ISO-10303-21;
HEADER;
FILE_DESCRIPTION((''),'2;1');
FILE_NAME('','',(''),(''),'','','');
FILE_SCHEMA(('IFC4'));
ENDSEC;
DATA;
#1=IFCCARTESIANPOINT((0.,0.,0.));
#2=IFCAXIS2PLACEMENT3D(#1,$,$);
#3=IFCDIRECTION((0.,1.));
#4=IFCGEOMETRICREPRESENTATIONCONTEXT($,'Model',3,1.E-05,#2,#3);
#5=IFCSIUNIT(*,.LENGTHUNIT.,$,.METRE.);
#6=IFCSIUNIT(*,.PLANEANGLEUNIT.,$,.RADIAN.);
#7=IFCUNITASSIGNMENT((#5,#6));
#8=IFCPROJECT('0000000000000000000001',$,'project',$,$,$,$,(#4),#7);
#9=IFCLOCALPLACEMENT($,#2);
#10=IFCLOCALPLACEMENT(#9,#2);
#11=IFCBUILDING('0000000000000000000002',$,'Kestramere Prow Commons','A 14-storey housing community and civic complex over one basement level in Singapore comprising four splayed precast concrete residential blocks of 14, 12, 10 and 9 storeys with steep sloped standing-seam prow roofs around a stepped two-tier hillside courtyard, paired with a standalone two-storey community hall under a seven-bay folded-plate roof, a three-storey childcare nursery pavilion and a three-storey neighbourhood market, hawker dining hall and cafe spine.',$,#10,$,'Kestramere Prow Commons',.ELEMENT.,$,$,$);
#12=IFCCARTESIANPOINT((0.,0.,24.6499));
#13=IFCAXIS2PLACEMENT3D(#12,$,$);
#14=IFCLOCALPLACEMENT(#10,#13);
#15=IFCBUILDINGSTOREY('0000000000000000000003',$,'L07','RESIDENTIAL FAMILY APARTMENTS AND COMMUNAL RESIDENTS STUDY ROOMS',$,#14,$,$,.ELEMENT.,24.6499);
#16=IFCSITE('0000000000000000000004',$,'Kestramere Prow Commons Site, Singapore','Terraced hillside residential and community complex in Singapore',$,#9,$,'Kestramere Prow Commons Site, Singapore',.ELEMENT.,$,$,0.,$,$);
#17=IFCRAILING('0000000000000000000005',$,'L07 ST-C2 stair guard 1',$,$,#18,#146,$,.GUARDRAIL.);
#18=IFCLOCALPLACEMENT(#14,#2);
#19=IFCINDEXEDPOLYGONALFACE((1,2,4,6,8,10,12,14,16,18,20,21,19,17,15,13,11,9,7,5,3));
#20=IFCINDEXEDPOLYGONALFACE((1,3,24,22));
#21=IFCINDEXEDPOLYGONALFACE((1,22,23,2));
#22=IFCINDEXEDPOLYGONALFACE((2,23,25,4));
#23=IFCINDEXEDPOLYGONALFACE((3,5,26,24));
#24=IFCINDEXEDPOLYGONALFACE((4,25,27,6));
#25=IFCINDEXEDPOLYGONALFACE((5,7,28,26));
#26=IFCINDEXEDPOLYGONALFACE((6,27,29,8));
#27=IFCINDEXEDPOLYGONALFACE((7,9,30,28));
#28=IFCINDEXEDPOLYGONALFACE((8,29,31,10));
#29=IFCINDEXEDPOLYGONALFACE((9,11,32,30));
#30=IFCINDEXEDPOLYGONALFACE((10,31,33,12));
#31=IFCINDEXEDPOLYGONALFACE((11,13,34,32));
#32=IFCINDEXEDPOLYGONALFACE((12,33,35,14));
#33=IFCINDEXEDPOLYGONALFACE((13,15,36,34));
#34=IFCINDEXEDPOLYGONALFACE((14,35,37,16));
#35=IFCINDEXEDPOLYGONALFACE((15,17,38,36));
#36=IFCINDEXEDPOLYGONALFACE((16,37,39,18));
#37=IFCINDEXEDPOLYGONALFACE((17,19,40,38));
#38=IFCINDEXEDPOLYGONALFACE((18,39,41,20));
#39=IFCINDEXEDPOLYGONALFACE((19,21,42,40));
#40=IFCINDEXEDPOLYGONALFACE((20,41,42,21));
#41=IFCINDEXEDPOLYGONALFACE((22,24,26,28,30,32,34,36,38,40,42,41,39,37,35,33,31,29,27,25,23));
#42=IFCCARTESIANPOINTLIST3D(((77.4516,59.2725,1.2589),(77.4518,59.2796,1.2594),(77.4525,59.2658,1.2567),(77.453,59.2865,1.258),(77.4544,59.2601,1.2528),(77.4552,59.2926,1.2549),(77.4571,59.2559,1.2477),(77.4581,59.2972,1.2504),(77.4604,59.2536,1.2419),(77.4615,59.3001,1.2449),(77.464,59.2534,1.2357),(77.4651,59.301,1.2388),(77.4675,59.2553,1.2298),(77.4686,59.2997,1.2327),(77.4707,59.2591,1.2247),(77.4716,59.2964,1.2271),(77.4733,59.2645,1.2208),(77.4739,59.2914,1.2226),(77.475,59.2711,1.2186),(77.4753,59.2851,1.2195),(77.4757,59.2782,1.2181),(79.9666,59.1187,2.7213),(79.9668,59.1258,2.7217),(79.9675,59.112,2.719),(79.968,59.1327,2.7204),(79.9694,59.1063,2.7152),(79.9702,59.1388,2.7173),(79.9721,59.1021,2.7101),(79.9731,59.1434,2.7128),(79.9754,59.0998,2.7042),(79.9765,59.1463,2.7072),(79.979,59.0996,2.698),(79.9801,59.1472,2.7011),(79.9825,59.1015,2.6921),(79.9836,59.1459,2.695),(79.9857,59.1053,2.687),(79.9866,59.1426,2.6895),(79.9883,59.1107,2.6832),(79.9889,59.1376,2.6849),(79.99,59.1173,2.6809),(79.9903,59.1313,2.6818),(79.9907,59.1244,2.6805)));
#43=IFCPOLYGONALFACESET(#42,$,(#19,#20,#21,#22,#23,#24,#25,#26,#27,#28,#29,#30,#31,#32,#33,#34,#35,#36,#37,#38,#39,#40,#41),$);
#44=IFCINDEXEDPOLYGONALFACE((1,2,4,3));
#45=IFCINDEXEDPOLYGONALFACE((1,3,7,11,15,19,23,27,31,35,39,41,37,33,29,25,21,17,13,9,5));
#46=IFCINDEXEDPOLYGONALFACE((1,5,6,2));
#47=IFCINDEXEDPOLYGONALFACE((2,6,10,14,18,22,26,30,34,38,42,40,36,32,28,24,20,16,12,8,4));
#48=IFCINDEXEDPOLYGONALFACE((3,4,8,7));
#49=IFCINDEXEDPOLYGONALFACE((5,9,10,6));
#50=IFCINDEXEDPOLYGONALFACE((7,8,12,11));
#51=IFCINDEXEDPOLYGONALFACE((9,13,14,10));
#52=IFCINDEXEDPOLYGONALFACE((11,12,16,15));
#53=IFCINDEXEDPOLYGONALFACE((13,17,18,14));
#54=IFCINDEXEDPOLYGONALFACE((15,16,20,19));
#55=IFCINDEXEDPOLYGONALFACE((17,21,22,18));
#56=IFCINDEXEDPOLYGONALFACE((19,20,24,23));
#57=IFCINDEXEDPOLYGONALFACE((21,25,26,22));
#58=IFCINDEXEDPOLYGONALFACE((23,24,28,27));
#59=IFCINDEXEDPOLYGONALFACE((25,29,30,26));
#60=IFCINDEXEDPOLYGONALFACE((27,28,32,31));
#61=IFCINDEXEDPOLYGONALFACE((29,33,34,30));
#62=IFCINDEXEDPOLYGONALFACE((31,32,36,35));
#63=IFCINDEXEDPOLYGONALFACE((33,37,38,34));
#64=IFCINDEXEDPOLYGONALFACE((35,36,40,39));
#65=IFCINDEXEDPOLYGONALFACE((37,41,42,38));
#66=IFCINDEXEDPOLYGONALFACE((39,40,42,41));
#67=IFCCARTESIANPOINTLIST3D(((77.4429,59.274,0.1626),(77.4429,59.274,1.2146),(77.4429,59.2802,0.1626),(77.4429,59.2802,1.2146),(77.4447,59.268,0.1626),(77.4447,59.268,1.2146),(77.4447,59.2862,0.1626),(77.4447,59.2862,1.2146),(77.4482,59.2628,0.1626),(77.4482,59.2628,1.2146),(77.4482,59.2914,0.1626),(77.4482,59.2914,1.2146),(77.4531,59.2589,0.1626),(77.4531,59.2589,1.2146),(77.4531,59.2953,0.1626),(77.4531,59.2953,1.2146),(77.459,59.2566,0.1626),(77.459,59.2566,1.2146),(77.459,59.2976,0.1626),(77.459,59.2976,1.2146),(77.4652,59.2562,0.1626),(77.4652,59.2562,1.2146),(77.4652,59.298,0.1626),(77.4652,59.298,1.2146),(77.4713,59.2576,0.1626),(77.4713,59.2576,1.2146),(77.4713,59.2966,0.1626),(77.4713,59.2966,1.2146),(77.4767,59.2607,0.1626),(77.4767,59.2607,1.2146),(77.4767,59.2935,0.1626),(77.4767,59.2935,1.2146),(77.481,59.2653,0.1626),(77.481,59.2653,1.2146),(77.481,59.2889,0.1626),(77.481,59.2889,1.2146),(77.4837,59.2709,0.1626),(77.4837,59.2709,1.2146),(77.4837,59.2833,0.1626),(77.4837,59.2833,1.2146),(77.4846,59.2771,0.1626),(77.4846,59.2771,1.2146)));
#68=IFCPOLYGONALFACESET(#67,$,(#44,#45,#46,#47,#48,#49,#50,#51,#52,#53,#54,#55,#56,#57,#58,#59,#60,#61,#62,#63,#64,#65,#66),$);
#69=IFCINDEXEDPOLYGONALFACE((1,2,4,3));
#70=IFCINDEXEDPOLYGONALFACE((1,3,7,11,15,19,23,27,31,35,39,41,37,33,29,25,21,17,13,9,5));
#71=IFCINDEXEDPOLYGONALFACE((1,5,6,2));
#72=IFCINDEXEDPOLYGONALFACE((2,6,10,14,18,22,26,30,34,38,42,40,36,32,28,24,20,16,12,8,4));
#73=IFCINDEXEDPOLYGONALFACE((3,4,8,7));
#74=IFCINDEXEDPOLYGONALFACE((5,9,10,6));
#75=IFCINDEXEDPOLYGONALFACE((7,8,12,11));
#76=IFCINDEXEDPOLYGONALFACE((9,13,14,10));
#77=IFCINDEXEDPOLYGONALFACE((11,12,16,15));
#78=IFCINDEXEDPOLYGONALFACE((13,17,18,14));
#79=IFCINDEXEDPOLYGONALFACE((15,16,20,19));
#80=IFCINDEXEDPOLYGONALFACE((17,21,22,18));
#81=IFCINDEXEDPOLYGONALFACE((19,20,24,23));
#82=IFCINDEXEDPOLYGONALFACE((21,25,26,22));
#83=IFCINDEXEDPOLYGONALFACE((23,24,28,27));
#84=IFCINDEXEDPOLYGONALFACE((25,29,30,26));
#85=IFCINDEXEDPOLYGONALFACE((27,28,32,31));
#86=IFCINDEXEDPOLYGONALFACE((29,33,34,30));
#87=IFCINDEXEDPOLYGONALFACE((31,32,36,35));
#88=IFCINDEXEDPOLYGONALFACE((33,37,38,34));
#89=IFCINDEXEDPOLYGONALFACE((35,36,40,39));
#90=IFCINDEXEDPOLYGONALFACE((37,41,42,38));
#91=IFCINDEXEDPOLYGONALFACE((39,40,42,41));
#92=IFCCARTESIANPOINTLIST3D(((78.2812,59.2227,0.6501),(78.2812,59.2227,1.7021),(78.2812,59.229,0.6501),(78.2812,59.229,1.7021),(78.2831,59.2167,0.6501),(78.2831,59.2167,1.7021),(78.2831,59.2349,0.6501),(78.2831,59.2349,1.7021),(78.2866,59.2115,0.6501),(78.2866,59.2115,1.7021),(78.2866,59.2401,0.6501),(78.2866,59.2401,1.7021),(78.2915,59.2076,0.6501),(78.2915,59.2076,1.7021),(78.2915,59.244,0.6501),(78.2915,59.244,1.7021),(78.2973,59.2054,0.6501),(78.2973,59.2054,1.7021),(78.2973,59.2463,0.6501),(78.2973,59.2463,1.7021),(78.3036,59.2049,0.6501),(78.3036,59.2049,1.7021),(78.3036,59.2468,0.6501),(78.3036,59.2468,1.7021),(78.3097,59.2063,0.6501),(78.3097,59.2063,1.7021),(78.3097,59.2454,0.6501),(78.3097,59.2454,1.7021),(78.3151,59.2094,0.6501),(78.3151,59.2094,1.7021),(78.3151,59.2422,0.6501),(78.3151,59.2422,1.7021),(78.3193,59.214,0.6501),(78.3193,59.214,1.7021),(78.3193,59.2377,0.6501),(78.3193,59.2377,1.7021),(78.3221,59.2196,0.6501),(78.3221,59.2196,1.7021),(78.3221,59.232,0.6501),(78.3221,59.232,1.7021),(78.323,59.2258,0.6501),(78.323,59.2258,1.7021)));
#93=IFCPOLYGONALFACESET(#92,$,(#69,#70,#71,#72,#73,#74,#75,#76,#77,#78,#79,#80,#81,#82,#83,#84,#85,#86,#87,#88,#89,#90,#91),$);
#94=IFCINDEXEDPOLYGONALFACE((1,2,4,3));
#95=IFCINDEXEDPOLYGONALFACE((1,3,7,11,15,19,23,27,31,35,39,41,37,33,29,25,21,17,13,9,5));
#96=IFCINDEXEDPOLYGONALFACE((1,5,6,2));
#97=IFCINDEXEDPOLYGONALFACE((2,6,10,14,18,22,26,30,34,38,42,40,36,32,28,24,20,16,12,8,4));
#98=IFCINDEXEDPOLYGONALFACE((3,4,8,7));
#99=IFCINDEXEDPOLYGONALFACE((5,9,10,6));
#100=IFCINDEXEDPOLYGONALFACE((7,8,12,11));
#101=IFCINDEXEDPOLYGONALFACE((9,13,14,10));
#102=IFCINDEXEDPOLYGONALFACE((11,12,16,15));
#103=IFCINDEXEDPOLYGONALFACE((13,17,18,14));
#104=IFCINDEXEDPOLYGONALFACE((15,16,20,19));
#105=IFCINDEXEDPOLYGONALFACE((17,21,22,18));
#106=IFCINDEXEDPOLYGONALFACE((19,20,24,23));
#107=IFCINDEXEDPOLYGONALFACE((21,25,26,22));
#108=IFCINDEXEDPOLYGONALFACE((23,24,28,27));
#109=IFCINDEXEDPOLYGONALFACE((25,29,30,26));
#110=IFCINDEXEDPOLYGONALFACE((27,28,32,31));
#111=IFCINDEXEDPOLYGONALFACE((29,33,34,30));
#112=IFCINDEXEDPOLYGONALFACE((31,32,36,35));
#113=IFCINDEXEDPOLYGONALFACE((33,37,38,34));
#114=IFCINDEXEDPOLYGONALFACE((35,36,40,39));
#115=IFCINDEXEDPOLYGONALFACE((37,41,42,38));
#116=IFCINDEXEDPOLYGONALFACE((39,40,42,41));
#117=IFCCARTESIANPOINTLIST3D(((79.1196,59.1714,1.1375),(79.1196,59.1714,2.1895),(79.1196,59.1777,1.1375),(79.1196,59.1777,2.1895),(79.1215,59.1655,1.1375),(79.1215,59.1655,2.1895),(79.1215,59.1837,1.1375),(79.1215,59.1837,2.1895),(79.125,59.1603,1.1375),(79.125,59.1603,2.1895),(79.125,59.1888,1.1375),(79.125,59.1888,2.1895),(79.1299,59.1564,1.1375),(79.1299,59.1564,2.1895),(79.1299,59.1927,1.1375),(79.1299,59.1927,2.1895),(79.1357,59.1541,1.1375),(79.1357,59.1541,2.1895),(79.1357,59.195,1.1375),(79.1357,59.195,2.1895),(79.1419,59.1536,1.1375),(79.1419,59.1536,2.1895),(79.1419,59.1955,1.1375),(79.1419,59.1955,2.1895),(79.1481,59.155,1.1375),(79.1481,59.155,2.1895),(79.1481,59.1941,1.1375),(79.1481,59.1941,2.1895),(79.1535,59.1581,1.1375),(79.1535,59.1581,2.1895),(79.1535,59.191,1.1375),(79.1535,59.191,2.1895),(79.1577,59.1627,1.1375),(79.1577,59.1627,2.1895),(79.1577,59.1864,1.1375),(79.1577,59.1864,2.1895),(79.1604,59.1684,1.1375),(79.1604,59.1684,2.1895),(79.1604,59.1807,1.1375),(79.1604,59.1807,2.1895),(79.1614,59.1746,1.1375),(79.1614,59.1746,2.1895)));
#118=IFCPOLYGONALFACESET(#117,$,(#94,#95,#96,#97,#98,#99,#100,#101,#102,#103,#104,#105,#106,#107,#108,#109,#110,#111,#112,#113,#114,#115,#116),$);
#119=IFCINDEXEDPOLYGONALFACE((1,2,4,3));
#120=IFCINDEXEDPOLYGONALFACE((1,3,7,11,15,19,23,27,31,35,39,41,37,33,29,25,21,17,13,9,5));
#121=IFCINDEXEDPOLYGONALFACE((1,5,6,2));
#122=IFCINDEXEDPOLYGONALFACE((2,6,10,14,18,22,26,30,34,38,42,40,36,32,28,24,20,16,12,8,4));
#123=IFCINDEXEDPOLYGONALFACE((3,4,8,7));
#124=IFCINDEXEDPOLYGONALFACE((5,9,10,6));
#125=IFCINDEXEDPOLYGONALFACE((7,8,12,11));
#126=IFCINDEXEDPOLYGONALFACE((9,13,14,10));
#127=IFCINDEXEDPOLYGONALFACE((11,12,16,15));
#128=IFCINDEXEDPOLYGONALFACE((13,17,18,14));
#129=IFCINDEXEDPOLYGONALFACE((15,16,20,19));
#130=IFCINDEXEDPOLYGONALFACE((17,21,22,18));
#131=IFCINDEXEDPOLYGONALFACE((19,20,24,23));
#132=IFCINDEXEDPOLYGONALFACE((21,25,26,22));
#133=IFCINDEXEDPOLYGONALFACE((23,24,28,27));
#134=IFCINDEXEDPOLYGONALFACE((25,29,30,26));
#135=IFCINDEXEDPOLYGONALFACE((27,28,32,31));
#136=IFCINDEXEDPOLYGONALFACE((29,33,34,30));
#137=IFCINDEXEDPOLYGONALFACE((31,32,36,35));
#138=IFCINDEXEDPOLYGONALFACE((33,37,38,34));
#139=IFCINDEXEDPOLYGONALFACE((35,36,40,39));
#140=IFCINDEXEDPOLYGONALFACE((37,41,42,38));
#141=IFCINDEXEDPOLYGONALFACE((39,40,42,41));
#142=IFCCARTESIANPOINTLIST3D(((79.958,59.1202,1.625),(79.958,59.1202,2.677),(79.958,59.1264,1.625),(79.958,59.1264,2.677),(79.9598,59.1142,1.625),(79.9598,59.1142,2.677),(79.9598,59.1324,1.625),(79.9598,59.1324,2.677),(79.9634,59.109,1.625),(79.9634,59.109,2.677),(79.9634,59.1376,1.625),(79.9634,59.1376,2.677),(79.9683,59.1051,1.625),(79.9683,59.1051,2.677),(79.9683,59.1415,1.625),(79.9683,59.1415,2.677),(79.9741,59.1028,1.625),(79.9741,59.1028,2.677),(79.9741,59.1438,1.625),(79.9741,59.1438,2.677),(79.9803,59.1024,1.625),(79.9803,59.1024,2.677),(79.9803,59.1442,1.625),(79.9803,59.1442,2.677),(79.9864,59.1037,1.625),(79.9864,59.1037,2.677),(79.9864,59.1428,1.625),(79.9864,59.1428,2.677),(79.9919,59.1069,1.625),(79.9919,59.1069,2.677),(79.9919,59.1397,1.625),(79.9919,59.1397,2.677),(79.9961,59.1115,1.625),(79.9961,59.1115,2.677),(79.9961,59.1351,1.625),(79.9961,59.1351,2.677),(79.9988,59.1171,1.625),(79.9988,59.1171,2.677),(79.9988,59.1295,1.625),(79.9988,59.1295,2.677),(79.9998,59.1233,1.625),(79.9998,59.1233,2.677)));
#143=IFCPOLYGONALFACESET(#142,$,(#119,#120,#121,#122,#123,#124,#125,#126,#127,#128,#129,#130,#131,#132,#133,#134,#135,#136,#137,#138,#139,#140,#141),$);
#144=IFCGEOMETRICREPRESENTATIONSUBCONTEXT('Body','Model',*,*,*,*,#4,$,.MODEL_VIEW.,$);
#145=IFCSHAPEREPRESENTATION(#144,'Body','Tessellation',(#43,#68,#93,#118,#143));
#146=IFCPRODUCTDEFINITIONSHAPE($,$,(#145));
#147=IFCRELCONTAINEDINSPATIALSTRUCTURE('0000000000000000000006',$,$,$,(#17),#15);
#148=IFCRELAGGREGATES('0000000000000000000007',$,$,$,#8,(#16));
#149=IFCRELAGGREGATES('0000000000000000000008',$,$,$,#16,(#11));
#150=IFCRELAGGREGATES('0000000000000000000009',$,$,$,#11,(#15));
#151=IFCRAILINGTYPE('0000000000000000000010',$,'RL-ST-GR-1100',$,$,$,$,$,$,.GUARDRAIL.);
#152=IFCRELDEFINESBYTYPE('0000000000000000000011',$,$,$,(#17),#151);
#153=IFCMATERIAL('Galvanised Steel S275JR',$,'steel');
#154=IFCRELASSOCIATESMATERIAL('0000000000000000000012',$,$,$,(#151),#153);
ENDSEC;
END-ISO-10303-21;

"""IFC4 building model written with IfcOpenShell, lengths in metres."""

from ifc_helpers import new_model, si_unit, direction, frame, origin, origin_2d, place, context, subcontext, project, spatial, circle, extrude, material, type_object, element, save


model = new_model("IFC4")

# Units and contexts
model_context = context("Model", 3, precision=1e-05, world=origin(), true_north=direction((0.0, 1.0)))
body_context = subcontext(model_context, "Body", "Model", "MODEL_VIEW")
ifc_project = project(units=[si_unit("LENGTHUNIT", "METRE"), si_unit("PLANEANGLEUNIT", "RADIAN")], contexts=[model_context])

# Site, building, storey
site_placement = place(None, origin())
site = spatial("IfcSite", under=ifc_project, at=site_placement, Name="Kestramere Prow Commons Site, Singapore", Description="Terraced hillside residential and community complex in Singapore", LongName="Kestramere Prow Commons Site, Singapore", CompositionType="ELEMENT", RefElevation=0.0)
building_placement = place(site_placement, origin())
building = spatial("IfcBuilding", under=site, at=building_placement, Name="Kestramere Prow Commons", Description="A 14-storey housing community and civic complex over one basement level in Singapore comprising four splayed precast concrete residential blocks of 14, 12, 10 and 9 storeys with steep sloped standing-seam prow roofs around a stepped two-tier hillside courtyard, paired with a standalone two-storey community hall under a seven-bay folded-plate roof, a three-storey childcare nursery pavilion and a three-storey neighbourhood market, hawker dining hall and cafe spine.", LongName="Kestramere Prow Commons", CompositionType="ELEMENT")
storey_placement = place(building_placement, frame((0.0, 0.0, 24.6499)))
storey = spatial("IfcBuildingStorey", under=building, at=storey_placement, Name="L07", Description="RESIDENTIAL FAMILY APARTMENTS AND COMMUNAL RESIDENTS STUDY ROOMS", CompositionType="ELEMENT", Elevation=24.6499)

# Railing
ifc_material_1 = material(Name="Galvanised Steel S275JR", Category="steel")
railing_type_1 = type_object("IfcRailingType", Name="RL-ST-GR-1100", PredefinedType="GUARDRAIL", material=ifc_material_1)
railing_1_placement = place(storey_placement, frame((77.4636, 59.2771, 0.1626)))
element("IfcRailing", 1, at=railing_1_placement, inside=storey, type_object=railing_type_1, Name="L07 ST-C2 stair guard 1", PredefinedType="GUARDRAIL", context=body_context, shape_type="SweptSolid", body=[
    extrude(circle(Radius=0.0239, at=origin_2d()), frame((0.0, 0.0, 1.0762), z_axis=(0.863285, -0.052793, 0.501949), x_axis=(0.061039, 0.998135, 0.0)), (0.0, 0.0, 1.0), 2.9133),
    extrude(circle(Radius=0.021, at=origin_2d()), origin(), (0.0, 0.0, 1.0), 1.052),
    extrude(circle(Radius=0.021, at=origin_2d()), frame((0.8384, -0.0513, 0.4875)), (0.0, 0.0, 1.0), 1.052),
    extrude(circle(Radius=0.021, at=origin_2d()), frame((1.6768, -0.1025, 0.9749)), (0.0, 0.0, 1.0), 1.052),
    extrude(circle(Radius=0.021, at=origin_2d()), frame((2.5151, -0.1538, 1.4624)), (0.0, 0.0, 1.0), 1.052),
])

save(model, "model.ifc")
